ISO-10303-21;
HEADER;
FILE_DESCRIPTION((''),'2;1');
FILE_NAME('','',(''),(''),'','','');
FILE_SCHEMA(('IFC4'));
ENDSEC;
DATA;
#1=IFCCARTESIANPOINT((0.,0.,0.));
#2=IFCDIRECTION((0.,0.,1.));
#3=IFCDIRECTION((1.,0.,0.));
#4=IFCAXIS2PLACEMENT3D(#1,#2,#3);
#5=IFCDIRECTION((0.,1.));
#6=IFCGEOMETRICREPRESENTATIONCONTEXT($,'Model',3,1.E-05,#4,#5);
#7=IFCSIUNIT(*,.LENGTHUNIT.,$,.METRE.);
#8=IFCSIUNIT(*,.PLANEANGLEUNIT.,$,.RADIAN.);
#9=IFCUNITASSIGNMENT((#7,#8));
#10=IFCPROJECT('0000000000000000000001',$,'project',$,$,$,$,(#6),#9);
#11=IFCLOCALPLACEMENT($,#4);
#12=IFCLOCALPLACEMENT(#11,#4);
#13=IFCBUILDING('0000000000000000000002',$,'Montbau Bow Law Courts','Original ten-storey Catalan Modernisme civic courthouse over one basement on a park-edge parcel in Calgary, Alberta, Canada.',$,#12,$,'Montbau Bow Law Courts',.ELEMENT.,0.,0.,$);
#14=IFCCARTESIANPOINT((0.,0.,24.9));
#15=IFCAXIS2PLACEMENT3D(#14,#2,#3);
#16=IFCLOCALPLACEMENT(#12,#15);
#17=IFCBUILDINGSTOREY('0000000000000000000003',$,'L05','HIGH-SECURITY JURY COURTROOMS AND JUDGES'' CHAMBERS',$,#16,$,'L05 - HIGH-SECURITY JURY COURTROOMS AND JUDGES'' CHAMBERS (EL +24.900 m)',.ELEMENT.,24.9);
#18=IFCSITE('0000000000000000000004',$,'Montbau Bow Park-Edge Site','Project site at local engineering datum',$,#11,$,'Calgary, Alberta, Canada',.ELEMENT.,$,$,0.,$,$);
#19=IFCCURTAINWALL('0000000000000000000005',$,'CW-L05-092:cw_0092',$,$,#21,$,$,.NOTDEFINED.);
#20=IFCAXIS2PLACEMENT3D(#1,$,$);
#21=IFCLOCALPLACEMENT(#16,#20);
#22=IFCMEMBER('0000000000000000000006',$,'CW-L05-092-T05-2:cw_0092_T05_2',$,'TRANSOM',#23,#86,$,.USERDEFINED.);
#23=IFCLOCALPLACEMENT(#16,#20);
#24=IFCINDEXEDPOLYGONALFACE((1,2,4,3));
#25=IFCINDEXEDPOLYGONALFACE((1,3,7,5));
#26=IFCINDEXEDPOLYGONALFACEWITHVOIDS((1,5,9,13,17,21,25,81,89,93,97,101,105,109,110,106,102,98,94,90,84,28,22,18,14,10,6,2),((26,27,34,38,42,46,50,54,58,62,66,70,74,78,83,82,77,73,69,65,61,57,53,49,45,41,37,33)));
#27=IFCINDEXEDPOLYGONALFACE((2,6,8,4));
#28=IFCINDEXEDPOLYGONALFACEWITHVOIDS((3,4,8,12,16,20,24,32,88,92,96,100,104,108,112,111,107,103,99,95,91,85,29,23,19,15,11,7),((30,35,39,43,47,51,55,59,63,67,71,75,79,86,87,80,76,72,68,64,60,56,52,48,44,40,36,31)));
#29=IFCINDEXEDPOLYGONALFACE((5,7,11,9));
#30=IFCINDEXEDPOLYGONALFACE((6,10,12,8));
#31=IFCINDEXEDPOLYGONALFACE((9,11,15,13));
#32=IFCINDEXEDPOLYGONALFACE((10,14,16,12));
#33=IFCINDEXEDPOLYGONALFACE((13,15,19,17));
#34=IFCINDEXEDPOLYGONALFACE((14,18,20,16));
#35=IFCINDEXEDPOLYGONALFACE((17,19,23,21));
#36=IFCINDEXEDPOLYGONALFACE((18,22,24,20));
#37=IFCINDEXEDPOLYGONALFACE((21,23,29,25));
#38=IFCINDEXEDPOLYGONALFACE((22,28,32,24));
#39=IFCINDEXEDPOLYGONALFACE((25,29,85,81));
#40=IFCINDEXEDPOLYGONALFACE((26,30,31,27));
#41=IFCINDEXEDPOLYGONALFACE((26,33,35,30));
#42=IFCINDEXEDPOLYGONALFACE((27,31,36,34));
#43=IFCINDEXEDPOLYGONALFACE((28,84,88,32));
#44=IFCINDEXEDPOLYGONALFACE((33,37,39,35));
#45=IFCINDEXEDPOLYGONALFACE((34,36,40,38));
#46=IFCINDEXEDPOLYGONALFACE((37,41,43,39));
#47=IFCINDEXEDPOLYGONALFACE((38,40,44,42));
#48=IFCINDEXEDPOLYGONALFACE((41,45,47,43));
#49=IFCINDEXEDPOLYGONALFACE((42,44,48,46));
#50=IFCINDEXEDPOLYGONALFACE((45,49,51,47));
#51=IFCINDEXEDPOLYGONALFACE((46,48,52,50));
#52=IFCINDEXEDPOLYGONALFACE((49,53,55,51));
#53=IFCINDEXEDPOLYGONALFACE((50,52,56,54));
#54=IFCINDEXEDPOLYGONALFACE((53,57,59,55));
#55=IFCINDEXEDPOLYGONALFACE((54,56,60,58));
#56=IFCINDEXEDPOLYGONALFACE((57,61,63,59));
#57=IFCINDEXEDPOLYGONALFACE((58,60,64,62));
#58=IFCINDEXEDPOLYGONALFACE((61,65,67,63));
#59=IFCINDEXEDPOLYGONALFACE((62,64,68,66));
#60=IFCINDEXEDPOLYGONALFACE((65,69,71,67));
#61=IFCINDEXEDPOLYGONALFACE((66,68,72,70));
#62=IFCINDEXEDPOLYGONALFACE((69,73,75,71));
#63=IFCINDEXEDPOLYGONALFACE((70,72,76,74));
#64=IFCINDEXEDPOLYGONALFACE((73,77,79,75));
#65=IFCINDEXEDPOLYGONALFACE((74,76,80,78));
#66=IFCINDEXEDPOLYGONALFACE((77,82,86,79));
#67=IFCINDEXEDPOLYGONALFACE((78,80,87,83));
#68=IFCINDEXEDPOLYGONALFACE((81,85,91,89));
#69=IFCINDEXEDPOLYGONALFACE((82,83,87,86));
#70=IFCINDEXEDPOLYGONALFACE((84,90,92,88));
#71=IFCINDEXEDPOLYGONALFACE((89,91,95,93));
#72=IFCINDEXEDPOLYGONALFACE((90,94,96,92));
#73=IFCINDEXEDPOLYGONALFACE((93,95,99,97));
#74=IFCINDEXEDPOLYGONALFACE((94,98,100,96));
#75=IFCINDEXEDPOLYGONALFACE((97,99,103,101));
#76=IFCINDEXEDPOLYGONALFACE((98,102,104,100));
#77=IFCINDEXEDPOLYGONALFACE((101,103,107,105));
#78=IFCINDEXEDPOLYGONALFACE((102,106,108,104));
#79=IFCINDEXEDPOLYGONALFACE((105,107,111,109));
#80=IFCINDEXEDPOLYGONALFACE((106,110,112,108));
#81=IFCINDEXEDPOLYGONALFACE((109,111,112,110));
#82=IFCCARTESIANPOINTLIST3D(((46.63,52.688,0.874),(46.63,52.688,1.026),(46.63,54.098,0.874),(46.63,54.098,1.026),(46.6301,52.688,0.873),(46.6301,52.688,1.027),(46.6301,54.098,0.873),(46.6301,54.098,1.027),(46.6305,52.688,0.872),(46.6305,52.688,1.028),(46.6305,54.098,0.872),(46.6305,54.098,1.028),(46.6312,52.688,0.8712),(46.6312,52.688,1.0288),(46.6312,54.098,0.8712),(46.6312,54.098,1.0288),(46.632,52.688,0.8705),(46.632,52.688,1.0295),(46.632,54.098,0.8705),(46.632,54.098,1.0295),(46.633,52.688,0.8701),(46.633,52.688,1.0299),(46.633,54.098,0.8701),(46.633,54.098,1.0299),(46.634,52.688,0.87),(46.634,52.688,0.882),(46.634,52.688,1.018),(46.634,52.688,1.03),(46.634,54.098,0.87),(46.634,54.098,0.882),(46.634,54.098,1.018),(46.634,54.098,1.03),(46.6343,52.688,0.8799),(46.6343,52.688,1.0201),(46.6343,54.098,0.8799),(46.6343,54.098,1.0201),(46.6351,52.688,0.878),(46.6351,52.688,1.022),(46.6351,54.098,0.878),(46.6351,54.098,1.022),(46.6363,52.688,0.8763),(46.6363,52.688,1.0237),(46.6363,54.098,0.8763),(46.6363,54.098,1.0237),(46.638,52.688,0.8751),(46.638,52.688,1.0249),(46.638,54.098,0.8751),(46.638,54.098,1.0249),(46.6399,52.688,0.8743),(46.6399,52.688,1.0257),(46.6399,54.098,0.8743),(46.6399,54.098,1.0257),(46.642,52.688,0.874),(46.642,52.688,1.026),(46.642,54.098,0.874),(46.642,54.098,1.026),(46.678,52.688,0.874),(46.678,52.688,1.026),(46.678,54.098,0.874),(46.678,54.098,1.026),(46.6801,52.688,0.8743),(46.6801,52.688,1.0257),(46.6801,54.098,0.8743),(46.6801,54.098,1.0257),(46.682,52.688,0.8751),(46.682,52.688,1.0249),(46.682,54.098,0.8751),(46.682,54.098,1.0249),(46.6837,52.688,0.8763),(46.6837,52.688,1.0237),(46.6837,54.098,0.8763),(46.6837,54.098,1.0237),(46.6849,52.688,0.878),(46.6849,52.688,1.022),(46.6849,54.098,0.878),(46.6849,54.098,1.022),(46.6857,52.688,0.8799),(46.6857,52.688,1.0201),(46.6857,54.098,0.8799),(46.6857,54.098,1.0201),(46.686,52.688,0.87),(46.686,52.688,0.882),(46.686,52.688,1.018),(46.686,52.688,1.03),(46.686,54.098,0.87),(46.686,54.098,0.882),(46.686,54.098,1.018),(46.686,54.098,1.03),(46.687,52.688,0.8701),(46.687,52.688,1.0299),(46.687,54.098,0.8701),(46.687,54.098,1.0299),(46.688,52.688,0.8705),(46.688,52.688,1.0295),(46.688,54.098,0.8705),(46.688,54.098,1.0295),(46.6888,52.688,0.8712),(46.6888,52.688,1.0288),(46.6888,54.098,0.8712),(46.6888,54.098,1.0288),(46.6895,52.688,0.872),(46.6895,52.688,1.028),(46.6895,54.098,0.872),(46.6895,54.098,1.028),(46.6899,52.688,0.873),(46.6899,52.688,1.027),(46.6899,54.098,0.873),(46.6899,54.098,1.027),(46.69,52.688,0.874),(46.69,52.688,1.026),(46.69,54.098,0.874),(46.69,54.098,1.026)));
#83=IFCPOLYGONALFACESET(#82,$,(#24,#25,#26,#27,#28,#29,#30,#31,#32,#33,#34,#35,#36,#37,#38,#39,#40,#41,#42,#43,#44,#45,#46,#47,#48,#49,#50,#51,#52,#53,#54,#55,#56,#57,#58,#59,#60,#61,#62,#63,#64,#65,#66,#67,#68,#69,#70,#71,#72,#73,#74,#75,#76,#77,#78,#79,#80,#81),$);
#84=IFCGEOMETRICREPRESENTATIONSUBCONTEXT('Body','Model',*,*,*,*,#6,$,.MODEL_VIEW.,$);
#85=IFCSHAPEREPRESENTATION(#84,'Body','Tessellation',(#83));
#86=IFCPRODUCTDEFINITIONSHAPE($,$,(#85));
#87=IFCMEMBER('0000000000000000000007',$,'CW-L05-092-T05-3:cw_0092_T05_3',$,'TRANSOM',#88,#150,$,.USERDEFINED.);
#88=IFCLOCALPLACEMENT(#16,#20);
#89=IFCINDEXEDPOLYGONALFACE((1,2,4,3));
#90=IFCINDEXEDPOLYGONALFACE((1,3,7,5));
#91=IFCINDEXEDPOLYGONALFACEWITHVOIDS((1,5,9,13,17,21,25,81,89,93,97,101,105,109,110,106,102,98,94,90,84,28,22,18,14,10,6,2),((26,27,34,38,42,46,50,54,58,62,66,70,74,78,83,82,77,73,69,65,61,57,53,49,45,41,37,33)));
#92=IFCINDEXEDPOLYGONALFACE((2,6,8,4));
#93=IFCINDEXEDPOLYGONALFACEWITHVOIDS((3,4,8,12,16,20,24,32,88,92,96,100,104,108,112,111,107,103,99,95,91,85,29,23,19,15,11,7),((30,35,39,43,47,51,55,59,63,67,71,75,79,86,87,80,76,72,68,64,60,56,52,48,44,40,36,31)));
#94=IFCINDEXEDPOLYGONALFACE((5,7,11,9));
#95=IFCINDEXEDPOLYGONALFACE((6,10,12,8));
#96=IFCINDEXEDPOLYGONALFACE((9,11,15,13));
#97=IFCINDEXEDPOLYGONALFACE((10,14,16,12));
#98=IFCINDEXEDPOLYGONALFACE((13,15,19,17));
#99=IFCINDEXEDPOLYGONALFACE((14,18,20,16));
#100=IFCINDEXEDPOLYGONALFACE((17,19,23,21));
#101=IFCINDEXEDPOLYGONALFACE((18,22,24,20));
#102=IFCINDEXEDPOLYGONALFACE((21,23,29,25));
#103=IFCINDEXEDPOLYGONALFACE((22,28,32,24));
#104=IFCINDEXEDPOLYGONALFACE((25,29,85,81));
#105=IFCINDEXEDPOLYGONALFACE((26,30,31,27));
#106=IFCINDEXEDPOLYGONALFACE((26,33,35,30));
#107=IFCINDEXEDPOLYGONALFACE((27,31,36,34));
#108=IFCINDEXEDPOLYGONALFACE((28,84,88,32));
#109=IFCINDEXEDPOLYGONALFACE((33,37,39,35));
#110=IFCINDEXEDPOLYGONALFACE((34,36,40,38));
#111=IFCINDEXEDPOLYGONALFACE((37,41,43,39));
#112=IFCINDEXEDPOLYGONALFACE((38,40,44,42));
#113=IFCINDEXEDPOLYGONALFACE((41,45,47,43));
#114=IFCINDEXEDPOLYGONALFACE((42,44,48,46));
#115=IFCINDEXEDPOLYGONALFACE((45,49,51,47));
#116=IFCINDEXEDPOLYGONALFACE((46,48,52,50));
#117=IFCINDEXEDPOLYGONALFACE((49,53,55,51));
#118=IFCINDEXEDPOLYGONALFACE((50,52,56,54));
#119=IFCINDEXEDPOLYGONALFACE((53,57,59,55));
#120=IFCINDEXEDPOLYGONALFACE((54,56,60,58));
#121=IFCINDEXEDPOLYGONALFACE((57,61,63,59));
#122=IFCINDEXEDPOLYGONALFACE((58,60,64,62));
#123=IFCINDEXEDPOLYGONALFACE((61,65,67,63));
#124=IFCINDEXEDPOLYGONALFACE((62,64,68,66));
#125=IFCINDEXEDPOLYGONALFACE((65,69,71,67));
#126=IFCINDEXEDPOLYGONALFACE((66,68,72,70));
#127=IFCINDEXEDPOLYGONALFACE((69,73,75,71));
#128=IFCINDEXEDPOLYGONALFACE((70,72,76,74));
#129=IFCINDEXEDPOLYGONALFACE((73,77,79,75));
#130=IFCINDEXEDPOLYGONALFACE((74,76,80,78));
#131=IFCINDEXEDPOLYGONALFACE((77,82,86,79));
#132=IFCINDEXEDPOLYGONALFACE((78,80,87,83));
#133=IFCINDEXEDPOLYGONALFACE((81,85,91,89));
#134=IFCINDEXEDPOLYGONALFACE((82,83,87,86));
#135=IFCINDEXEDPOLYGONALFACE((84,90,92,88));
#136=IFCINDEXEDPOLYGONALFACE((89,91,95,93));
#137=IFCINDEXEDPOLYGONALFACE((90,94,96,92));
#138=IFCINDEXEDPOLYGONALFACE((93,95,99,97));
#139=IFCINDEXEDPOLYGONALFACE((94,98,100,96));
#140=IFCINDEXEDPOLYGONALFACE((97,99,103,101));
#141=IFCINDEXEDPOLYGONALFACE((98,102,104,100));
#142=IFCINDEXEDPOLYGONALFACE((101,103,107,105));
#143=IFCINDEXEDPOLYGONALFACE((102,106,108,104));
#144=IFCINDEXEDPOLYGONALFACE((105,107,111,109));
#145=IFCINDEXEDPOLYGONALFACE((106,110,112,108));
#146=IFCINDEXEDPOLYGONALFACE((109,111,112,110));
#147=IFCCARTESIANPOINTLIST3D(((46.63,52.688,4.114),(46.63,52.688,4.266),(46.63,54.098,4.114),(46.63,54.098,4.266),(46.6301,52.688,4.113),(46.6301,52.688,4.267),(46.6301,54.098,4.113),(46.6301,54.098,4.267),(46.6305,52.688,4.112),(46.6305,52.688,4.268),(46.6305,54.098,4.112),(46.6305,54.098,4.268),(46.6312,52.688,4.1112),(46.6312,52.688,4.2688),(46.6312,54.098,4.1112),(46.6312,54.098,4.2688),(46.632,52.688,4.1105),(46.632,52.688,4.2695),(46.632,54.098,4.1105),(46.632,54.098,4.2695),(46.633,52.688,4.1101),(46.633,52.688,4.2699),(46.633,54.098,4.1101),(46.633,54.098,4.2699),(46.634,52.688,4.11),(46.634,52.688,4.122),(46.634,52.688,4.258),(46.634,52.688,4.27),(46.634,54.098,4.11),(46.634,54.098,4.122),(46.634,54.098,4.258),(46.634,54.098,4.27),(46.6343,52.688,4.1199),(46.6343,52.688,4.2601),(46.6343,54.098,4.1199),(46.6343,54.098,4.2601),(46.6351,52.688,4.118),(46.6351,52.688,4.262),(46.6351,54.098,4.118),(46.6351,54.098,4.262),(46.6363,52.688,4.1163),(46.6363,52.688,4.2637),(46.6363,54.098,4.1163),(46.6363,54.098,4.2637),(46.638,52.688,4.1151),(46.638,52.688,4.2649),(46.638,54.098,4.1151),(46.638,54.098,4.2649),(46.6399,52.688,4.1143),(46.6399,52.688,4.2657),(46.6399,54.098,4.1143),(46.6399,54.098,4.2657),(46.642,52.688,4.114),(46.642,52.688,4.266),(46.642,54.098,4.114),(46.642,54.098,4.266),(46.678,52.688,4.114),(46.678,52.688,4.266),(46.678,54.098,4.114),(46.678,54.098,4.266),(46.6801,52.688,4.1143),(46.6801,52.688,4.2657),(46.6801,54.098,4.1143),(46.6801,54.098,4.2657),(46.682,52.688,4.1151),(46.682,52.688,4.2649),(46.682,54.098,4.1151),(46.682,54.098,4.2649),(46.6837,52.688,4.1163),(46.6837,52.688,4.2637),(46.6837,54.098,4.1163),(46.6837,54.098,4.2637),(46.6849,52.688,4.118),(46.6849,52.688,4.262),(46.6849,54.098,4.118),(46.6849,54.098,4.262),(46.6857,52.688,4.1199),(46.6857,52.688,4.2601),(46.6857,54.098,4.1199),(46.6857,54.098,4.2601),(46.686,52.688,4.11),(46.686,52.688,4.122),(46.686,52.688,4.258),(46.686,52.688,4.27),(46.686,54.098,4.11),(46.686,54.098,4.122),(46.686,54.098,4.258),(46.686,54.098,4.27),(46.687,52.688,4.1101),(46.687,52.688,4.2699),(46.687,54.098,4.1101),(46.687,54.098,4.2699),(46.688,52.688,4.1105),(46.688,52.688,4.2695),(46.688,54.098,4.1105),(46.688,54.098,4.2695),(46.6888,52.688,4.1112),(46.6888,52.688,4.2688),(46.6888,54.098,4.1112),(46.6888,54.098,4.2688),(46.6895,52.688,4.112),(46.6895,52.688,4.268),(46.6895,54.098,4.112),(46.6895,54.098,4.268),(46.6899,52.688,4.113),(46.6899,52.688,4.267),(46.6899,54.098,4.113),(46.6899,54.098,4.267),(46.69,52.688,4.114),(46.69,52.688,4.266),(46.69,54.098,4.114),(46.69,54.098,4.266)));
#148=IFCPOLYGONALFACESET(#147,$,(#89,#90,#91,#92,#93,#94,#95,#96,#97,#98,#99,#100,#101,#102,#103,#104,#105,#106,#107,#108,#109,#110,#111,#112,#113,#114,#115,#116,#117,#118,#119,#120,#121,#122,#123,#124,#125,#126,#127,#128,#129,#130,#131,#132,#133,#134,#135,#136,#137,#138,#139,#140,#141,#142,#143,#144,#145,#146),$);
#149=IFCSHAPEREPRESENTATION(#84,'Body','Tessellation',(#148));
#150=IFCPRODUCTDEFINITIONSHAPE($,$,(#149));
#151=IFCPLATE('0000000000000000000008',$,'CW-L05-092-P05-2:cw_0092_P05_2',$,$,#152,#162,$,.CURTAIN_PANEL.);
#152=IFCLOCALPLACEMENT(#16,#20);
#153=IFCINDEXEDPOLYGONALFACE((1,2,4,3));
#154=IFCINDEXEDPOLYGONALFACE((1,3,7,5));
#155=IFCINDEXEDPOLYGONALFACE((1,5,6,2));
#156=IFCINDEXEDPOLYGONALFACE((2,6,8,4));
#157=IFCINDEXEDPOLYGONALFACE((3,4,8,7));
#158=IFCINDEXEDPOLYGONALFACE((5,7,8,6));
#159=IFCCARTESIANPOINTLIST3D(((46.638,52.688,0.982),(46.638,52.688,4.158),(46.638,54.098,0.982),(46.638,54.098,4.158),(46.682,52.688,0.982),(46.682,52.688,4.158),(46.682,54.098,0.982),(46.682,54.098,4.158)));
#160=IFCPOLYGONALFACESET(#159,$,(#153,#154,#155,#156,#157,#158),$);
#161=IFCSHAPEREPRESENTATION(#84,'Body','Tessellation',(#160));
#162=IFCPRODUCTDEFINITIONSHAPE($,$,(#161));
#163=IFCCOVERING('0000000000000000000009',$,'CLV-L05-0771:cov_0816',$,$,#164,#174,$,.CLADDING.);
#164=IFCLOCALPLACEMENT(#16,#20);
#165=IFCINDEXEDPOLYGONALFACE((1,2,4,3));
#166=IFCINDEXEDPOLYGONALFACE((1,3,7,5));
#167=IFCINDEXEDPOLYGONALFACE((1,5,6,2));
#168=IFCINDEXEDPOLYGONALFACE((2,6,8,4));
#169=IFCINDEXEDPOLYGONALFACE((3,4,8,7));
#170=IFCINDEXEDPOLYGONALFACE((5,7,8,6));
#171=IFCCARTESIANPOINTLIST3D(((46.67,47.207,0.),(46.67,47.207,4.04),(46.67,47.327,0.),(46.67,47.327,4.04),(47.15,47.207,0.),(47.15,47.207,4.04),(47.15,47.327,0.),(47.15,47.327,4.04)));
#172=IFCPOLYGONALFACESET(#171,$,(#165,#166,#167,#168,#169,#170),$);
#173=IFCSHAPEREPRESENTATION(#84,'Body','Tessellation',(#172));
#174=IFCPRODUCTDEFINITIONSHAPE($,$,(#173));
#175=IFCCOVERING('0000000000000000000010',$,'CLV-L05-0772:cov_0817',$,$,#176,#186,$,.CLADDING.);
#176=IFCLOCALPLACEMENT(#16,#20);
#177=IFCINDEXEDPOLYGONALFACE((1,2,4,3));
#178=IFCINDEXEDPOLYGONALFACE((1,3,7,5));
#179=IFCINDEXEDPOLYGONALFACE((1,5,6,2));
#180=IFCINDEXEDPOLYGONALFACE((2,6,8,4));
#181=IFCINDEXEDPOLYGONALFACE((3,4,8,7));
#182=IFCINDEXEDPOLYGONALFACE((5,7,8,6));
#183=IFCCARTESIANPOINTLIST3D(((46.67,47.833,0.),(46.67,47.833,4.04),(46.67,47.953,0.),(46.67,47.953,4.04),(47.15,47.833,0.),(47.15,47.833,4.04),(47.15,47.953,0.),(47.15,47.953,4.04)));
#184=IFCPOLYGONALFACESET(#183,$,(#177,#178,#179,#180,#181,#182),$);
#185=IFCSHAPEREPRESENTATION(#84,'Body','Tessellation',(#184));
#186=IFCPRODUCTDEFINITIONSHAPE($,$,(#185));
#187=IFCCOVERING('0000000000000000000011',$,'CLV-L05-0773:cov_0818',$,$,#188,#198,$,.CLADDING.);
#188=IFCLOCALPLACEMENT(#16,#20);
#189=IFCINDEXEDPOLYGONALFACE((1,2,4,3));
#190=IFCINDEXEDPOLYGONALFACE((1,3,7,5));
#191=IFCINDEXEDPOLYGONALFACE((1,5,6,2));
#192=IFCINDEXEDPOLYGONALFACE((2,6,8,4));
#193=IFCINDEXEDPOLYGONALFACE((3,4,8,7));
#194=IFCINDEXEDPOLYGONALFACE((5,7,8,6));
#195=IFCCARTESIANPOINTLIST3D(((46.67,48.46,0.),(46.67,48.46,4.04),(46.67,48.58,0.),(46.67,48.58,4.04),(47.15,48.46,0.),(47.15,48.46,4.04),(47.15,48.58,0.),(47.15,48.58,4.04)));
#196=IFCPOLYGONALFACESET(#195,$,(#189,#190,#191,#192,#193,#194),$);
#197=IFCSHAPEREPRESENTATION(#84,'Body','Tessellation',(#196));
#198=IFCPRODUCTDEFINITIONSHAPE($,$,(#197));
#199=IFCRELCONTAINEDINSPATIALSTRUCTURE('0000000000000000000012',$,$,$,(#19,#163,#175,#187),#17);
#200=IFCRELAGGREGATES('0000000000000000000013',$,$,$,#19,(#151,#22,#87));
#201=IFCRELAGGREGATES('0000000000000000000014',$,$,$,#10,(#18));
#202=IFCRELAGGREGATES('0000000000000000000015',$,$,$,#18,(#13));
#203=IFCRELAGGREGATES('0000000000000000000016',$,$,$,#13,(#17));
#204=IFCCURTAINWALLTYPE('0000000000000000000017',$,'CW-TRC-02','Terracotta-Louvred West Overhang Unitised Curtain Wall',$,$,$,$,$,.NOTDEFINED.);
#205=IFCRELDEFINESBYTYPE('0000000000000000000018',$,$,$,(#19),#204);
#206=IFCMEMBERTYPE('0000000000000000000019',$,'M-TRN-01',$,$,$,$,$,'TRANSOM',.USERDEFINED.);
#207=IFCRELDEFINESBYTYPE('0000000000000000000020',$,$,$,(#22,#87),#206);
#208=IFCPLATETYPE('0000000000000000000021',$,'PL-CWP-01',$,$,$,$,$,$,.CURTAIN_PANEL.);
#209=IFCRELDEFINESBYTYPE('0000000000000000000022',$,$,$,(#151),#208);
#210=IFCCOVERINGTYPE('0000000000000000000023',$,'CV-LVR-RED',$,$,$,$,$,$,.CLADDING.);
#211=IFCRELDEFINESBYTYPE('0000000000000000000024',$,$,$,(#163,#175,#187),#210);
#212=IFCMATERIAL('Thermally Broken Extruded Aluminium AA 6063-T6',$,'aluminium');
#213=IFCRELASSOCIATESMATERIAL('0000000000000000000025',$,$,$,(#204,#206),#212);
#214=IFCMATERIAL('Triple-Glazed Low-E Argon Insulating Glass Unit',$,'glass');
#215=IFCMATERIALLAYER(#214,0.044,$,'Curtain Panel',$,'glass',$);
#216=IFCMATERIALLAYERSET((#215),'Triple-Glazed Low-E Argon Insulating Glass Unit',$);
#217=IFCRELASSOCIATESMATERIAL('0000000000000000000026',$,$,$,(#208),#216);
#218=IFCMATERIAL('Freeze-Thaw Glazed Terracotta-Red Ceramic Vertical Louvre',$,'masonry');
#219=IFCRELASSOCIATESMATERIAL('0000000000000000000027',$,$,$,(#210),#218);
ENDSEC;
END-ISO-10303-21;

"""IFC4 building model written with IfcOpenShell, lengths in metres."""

from ifc_helpers import new_model, si_unit, direction, frame, frame_2d, origin_with_axes, origin_2d_with_axis, place, context, subcontext, project, spatial, rectangle, hollow_rectangle, extrude, material, layer, layer_set, material_profile, profile_set, type_object, element, aggregate, save


model = new_model("IFC4")

# Units and contexts
model_context = context("Model", 3, precision=1e-05, world=origin_with_axes(), true_north=direction((0.0, 1.0)))
body_context = subcontext(model_context, "Body", "Model", "MODEL_VIEW")
ifc_project = project(units=[si_unit("LENGTHUNIT", "METRE"), si_unit("PLANEANGLEUNIT", "RADIAN")], contexts=[model_context])

# Site, building, storey
site_placement = place(None, origin_with_axes())
site = spatial("IfcSite", under=ifc_project, at=site_placement, Name="Montbau Bow Park-Edge Site", Description="Project site at local engineering datum", LongName="Calgary, Alberta, Canada", CompositionType="ELEMENT", RefElevation=0.0)
building_placement = place(site_placement, origin_with_axes())
building = spatial("IfcBuilding", under=site, at=building_placement, Name="Montbau Bow Law Courts", Description="Original ten-storey Catalan Modernisme civic courthouse over one basement on a park-edge parcel in Calgary, Alberta, Canada.", LongName="Montbau Bow Law Courts", CompositionType="ELEMENT", ElevationOfRefHeight=0.0, ElevationOfTerrain=0.0)
storey_placement = place(building_placement, frame((0.0, 0.0, 24.9), z_axis=(0.0, 0.0, 1.0), x_axis=(1.0, 0.0, 0.0)))
storey = spatial("IfcBuildingStorey", under=building, at=storey_placement, Name="L05", Description="HIGH-SECURITY JURY COURTROOMS AND JUDGES' CHAMBERS", LongName="L05 - HIGH-SECURITY JURY COURTROOMS AND JUDGES' CHAMBERS (EL +24.900 m)", CompositionType="ELEMENT", Elevation=24.9)

# Curtain wall, members, plate
ifc_material_1 = material(Name="Thermally Broken Extruded Aluminium AA 6063-T6", Category="aluminium")
curtain_wall_type = type_object("IfcCurtainWallType", Name="CW-TRC-02", Description="Terracotta-Louvred West Overhang Unitised Curtain Wall", PredefinedType="NOTDEFINED", material=ifc_material_1)
curtain_wall_placement = place(None, frame((46.66, 46.64, 24.9), z_axis=(0.0, 0.0, 1.0), x_axis=(1.0, 0.0, 0.0)))
curtain_wall = element("IfcCurtainWall", 1, at=curtain_wall_placement, inside=storey, type_object=curtain_wall_type, Name="CW-L05-092:cw_0092", PredefinedType="NOTDEFINED")
ifc_material_profile_1 = material_profile(ifc_material_1, hollow_rectangle(XDim=0.06, YDim=0.16, WallThickness=0.004, InnerFilletRadius=0.008, OuterFilletRadius=0.004, at=origin_2d_with_axis()), Name="CWT-160X60", Category="Main", Priority=0)
ifc_profile_set_1 = profile_set([ifc_material_profile_1], Name="Thermally Broken Extruded Aluminium AA 6063-T6")
member_type_1 = type_object("IfcMemberType", Name="M-TRN-01", ElementType="TRANSOM", PredefinedType="USERDEFINED", material=ifc_profile_set_1)
member_1_placement = place(None, frame((46.66, 52.688, 25.85), z_axis=(0.0, 1.0, 0.0), x_axis=(-1.0, 0.0, 0.0)))
member_1 = element("IfcMember", 2, at=member_1_placement, type_object=member_type_1, Name="CW-L05-092-T05-2:cw_0092_T05_2", ObjectType="TRANSOM", PredefinedType="USERDEFINED", context=body_context, shape_type="SweptSolid", body=[
    extrude(hollow_rectangle(XDim=0.06, YDim=0.16, WallThickness=0.004, InnerFilletRadius=0.008, OuterFilletRadius=0.004, at=origin_2d_with_axis()), origin_with_axes(), (0.0, 0.0, 1.0), 1.41),
])
member_2_placement = place(None, frame((46.66, 52.688, 29.09), z_axis=(0.0, 1.0, 0.0), x_axis=(-1.0, 0.0, 0.0)))
member_2 = element("IfcMember", 3, at=member_2_placement, type_object=member_type_1, Name="CW-L05-092-T05-3:cw_0092_T05_3", ObjectType="TRANSOM", PredefinedType="USERDEFINED", context=body_context, shape_type="SweptSolid", body=[
    extrude(hollow_rectangle(XDim=0.06, YDim=0.16, WallThickness=0.004, InnerFilletRadius=0.008, OuterFilletRadius=0.004, at=origin_2d_with_axis()), origin_with_axes(), (0.0, 0.0, 1.0), 1.41),
])
ifc_material_2 = material(Name="Triple-Glazed Low-E Argon Insulating Glass Unit", Category="glass")
ifc_layer = layer(ifc_material_2, 0.044, Name="Curtain Panel", Category="glass")
ifc_layer_set = layer_set([ifc_layer], Name="Triple-Glazed Low-E Argon Insulating Glass Unit")
plate_type = type_object("IfcPlateType", Name="PL-CWP-01", PredefinedType="CURTAIN_PANEL", material=ifc_layer_set)
plate_placement = place(None, frame((46.66, 52.688, 25.882), z_axis=(1.0, 0.0, 0.0), x_axis=(0.0, 1.0, 0.0)))
plate = element("IfcPlate", 4, at=plate_placement, type_object=plate_type, Name="CW-L05-092-P05-2:cw_0092_P05_2", PredefinedType="CURTAIN_PANEL", context=body_context, shape_type="SweptSolid", body=[
    extrude(rectangle(XDim=1.41, YDim=3.176, at=frame_2d((0.705, 1.588), x_axis=(1.0, 0.0))), frame((0.0, 0.0, -0.022), z_axis=(0.0, 0.0, 1.0), x_axis=(1.0, 0.0, 0.0)), (0.0, 0.0, 1.0), 0.044),
])
aggregate(curtain_wall, [plate, member_1, member_2])

# Coverings
ifc_material_3 = material(Name="Freeze-Thaw Glazed Terracotta-Red Ceramic Vertical Louvre", Category="masonry")
covering_type = type_object("IfcCoveringType", Name="CV-LVR-RED", PredefinedType="CLADDING", material=ifc_material_3)
for number, where, z_axis, x_axis, name in (
    (5, (46.67, 47.267, 24.9), (0.0, -1.0, 0.0), (1.0, 0.0, 0.0), "CLV-L05-0771:cov_0816"),
    (6, (46.67, 47.893, 24.9), (0.0, -1.0, 0.0), (1.0, 0.0, 0.0), "CLV-L05-0772:cov_0817"),
    (7, (46.67, 48.52, 24.9), (0.0, -1.0, 0.0), (1.0, 0.0, 0.0), "CLV-L05-0773:cov_0818"),
):
    element("IfcCovering", number, at=place(None, frame(where, z_axis=z_axis, x_axis=x_axis)), inside=storey, type_object=covering_type, Name=name, PredefinedType="CLADDING", context=body_context, shape_type="SweptSolid", body=[
        extrude(rectangle(XDim=0.48, YDim=4.04, at=frame_2d((0.24, 2.02), x_axis=(1.0, 0.0))), frame((0.0, 0.0, -0.06), z_axis=(0.0, 0.0, 1.0), x_axis=(1.0, 0.0, 0.0)), (0.0, 0.0, 1.0), 0.12),
    ])

save(model, "model.ifc")
